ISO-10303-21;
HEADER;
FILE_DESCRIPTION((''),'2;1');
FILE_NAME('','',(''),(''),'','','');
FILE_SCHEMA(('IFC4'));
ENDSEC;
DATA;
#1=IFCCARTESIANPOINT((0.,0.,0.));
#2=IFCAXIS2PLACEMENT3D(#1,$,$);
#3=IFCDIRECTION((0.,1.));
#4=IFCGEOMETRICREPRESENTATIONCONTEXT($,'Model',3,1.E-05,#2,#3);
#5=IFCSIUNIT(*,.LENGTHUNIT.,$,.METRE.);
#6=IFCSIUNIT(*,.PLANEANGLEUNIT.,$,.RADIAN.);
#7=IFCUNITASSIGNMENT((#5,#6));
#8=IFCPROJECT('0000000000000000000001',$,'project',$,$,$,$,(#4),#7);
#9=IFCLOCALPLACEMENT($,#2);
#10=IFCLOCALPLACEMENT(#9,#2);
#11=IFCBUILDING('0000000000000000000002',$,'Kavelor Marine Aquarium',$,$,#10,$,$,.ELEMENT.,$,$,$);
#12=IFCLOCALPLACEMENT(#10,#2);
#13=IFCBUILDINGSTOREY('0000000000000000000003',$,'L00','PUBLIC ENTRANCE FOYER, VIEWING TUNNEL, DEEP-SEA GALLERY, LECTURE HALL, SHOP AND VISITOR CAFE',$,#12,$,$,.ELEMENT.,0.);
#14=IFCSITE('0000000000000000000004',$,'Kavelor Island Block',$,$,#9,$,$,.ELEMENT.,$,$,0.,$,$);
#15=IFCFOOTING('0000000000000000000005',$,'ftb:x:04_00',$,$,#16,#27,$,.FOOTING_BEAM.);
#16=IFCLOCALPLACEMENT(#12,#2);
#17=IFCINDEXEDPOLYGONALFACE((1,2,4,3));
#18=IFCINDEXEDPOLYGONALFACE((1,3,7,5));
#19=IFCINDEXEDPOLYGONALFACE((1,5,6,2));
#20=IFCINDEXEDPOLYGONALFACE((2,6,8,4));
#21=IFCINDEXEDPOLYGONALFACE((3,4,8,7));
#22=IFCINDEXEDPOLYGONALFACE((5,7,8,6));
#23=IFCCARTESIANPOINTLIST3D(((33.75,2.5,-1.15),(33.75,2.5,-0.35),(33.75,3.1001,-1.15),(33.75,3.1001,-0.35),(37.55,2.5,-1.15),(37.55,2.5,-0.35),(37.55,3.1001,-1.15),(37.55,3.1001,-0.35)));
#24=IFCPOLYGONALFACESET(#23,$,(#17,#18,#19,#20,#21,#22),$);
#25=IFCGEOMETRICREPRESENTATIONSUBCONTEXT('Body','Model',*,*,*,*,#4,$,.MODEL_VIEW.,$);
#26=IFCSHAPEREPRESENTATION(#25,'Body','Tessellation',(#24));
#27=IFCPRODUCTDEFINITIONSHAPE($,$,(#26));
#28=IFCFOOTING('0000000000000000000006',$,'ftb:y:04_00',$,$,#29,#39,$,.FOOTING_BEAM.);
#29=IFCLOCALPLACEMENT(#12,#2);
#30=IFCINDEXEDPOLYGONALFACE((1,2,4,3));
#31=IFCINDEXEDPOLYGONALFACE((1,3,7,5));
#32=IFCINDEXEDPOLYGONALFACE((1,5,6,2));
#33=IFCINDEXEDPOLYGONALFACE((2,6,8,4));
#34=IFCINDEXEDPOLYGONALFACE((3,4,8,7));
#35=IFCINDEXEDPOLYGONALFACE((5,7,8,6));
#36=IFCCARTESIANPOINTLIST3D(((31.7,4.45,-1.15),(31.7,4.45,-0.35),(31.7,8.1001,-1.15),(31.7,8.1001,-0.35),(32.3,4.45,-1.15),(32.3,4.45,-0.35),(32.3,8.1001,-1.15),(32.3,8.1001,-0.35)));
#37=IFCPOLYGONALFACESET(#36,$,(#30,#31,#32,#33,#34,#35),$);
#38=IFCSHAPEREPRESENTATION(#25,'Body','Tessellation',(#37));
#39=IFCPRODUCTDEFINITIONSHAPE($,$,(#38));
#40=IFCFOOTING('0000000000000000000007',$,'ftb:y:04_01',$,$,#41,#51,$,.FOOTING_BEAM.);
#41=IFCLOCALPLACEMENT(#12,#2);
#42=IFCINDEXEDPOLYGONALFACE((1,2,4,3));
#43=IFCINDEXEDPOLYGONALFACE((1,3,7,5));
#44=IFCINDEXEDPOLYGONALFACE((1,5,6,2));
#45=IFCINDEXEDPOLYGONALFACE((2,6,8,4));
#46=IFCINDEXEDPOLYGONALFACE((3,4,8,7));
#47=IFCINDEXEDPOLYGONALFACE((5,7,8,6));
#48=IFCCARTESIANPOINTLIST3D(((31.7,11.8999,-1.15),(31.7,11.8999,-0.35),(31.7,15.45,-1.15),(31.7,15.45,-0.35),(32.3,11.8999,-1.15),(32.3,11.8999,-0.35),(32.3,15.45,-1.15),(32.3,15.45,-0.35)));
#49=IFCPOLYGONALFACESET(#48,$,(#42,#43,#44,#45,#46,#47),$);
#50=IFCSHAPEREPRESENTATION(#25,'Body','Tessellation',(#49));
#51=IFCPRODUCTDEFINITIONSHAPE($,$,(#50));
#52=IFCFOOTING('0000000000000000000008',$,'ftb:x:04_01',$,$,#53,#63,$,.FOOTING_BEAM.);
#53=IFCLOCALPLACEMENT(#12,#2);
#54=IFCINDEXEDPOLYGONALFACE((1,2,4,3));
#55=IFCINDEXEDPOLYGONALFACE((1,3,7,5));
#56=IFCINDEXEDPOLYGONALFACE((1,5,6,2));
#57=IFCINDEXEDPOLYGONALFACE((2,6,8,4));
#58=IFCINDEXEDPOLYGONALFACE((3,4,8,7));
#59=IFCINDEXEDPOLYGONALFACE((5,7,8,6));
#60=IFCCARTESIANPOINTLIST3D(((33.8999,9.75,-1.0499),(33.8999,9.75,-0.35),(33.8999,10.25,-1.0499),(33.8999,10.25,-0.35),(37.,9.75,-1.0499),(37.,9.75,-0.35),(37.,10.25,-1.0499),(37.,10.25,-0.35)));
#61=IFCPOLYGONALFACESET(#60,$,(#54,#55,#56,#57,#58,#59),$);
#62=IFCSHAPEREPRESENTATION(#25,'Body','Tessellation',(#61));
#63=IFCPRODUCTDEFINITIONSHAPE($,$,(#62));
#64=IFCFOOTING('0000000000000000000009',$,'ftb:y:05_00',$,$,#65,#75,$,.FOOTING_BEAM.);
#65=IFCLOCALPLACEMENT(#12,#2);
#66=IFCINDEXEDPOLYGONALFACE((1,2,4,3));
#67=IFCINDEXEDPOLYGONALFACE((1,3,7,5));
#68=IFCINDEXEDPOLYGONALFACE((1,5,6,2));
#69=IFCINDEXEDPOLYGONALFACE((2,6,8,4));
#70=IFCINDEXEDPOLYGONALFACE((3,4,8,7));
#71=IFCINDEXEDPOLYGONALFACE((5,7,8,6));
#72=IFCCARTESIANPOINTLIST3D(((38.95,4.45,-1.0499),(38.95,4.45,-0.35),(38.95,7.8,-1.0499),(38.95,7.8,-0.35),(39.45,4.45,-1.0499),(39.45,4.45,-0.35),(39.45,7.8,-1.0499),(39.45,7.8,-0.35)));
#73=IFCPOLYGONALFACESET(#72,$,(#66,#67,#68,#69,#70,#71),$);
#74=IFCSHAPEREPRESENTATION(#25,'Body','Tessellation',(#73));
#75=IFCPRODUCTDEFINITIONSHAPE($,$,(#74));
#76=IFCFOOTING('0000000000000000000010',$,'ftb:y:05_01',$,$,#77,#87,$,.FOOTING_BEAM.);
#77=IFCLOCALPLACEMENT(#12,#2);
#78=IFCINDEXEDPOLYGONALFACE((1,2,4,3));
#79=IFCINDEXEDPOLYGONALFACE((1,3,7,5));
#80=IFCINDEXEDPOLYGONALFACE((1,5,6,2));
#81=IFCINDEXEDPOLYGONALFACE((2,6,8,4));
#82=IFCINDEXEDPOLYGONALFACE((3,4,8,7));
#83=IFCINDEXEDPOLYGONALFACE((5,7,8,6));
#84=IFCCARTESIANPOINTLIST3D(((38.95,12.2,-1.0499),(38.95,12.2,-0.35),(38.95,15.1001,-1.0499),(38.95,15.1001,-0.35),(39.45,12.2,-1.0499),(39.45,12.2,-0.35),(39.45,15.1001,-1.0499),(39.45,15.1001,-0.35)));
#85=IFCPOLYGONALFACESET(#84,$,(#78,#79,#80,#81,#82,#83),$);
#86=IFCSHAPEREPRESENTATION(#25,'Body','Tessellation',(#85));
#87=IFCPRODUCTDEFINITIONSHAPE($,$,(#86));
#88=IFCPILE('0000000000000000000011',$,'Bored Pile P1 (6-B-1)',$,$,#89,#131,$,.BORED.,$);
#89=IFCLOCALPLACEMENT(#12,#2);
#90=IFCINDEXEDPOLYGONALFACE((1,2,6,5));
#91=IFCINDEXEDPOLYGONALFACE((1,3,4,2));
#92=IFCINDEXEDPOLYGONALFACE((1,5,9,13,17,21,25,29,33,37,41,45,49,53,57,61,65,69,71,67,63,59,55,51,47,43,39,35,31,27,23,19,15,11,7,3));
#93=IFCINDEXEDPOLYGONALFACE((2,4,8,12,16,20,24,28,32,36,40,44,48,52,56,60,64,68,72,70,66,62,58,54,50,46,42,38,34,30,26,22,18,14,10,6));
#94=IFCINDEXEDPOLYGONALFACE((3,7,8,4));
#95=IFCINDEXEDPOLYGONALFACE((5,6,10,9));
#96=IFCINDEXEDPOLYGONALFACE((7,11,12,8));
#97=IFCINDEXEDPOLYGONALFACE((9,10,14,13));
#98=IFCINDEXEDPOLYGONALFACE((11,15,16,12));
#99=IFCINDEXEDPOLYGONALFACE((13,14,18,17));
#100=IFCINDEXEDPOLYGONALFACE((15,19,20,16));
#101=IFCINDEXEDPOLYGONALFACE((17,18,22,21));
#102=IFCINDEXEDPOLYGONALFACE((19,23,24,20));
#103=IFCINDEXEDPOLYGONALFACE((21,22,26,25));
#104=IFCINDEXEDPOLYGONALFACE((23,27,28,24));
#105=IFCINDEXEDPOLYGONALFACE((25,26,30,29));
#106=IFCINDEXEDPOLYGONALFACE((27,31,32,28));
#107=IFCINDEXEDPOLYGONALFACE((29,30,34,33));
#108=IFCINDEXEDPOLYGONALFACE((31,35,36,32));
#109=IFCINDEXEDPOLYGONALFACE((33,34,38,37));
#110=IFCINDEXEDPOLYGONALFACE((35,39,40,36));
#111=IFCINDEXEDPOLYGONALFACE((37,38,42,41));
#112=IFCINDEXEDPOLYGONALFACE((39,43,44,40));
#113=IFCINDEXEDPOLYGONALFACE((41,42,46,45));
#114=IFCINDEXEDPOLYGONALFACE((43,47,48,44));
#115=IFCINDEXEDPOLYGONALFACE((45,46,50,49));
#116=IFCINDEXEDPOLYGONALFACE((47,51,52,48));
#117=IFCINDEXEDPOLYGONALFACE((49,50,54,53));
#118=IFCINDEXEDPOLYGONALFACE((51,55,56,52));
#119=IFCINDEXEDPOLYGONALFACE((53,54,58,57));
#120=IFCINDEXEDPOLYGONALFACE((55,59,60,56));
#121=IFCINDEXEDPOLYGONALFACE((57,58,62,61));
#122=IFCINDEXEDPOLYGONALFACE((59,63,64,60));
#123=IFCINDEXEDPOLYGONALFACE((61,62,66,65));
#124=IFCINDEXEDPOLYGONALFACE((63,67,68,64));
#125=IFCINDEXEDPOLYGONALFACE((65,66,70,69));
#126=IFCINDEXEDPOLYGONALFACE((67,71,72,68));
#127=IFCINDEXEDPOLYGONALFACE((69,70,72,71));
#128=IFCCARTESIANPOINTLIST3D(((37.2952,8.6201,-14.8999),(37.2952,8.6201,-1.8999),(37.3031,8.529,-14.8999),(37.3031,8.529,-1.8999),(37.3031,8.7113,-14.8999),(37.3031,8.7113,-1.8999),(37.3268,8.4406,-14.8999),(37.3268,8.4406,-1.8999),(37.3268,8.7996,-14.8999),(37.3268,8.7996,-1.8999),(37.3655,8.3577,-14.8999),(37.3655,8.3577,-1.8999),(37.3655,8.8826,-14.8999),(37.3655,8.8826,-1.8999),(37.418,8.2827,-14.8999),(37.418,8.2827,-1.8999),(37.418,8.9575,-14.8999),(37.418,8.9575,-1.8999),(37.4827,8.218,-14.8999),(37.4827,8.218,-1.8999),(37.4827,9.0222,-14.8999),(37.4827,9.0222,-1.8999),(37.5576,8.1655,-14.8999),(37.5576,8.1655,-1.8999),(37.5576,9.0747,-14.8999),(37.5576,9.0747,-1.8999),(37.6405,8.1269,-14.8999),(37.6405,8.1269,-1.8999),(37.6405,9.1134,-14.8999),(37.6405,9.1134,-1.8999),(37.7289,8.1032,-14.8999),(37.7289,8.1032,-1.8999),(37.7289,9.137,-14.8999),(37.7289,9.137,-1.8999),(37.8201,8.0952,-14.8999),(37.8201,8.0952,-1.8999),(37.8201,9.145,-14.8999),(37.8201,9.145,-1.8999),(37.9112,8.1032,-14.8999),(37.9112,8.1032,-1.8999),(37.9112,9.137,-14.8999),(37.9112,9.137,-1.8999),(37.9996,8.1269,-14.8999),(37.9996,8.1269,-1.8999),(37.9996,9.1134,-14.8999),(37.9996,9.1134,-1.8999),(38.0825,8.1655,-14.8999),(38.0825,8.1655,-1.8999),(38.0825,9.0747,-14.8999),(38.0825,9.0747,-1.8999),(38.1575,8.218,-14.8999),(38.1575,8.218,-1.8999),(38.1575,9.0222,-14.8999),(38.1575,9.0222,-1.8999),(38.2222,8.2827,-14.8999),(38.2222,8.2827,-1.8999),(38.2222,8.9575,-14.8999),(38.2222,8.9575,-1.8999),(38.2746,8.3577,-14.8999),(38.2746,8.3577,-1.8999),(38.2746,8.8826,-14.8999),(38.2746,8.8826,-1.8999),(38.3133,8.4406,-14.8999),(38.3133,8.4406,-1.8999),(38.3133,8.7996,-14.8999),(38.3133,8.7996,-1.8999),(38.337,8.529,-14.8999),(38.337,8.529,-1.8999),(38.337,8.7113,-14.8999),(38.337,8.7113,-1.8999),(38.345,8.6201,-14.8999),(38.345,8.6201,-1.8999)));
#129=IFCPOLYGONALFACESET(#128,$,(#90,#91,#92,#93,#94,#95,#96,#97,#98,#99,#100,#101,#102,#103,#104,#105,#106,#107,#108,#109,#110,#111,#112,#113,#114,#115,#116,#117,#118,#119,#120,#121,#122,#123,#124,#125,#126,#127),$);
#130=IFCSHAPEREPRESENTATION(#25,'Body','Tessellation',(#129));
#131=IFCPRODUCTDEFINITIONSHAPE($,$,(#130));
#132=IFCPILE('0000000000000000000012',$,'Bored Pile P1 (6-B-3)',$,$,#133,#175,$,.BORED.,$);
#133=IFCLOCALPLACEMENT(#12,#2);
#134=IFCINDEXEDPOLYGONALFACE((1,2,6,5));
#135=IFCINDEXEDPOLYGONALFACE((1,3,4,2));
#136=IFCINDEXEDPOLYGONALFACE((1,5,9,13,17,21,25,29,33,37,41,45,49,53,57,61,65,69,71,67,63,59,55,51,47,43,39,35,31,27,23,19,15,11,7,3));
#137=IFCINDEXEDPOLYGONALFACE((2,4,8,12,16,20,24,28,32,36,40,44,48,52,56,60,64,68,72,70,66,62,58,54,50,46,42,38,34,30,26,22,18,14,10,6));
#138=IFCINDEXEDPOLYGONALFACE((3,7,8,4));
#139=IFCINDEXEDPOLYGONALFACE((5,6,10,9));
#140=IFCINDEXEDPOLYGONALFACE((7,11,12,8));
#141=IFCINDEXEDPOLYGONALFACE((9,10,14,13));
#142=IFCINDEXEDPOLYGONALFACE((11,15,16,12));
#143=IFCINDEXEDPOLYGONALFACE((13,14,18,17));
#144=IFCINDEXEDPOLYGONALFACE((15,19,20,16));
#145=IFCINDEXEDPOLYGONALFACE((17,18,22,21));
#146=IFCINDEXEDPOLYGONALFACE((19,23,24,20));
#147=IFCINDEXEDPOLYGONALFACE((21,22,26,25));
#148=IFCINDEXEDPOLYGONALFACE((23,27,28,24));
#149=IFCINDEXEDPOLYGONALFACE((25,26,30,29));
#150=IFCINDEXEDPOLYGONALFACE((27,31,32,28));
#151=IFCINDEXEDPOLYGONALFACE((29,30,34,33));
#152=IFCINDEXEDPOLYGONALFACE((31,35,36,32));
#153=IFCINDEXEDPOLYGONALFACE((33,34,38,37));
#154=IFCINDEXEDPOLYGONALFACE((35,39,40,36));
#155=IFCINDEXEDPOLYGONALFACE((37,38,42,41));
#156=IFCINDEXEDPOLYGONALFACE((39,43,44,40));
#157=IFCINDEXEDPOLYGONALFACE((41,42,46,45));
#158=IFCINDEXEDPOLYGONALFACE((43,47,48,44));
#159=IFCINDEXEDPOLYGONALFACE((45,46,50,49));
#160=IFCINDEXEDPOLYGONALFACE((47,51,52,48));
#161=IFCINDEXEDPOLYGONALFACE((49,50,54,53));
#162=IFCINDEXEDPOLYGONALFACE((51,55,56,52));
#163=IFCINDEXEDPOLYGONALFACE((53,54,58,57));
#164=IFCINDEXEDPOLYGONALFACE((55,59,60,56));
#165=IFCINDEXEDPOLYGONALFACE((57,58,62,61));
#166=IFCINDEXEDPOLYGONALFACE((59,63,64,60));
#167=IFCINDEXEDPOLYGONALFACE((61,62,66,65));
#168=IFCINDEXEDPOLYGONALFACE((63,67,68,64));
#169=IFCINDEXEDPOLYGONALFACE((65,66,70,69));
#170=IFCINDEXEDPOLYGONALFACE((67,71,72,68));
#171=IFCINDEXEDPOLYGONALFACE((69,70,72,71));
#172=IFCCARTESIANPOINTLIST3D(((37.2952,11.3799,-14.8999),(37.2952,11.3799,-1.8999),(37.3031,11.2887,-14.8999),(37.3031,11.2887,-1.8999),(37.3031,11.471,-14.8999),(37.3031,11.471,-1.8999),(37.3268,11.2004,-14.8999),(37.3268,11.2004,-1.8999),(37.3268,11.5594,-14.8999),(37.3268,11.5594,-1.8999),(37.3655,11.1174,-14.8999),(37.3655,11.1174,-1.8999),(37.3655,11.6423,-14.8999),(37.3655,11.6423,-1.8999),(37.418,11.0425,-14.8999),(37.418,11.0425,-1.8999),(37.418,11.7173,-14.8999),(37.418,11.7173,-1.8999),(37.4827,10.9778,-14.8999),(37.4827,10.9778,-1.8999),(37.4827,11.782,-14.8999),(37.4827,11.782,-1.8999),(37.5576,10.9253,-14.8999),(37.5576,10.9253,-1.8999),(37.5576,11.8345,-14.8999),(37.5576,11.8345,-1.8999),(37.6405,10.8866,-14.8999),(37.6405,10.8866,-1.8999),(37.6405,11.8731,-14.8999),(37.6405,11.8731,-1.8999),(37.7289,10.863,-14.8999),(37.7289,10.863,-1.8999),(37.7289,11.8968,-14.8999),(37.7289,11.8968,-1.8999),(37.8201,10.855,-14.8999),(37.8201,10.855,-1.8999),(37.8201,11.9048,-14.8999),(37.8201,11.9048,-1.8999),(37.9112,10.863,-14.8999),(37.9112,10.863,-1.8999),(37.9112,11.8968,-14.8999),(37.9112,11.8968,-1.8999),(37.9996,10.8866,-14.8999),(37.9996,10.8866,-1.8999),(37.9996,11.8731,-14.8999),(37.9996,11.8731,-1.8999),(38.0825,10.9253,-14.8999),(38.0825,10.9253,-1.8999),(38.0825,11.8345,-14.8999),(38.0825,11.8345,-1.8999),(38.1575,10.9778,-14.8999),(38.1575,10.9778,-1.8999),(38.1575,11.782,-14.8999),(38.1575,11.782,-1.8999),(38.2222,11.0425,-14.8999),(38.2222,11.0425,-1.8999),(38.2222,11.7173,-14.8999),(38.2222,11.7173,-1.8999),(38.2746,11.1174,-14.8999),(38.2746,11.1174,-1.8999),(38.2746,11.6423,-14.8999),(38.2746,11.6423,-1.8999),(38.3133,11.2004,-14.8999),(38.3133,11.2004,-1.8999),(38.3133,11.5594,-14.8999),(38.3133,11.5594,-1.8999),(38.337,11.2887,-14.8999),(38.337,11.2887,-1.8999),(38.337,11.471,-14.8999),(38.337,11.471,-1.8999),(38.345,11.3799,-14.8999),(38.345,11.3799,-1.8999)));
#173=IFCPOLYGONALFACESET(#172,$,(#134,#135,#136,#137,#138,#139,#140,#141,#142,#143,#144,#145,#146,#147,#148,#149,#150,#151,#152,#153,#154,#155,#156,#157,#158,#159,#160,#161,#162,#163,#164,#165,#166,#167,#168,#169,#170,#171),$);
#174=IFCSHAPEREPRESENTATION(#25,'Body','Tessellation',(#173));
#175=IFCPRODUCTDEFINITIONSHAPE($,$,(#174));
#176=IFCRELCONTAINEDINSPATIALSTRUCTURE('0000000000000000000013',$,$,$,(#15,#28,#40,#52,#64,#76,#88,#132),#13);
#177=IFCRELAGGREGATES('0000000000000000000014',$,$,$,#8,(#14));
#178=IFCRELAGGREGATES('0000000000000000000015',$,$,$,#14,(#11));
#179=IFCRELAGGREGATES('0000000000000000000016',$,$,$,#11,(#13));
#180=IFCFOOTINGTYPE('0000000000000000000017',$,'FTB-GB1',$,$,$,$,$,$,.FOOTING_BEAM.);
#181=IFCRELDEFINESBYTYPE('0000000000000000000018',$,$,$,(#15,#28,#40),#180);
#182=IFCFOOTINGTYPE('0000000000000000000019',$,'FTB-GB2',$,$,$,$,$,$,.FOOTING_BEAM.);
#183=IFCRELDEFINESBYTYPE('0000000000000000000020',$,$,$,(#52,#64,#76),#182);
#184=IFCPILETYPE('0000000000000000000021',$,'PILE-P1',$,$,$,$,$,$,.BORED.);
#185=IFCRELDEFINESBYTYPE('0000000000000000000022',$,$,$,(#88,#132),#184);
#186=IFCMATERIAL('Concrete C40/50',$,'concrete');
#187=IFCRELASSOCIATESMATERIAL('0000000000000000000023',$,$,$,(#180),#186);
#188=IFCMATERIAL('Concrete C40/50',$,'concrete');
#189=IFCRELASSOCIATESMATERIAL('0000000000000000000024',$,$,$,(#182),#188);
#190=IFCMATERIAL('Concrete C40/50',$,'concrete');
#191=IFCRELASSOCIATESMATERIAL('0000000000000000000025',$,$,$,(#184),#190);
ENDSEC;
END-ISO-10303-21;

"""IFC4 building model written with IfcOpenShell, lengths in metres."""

from ifc_helpers import new_model, si_unit, direction, frame, origin, origin_2d, place, context, subcontext, project, spatial, rectangle, circle, extrude, material, material_profile, profile_set, type_object, element, save


model = new_model("IFC4")

# Units and contexts
model_context = context("Model", 3, precision=1e-05, world=origin(), true_north=direction((0.0, 1.0)))
body_context = subcontext(model_context, "Body", "Model", "MODEL_VIEW")
ifc_project = project(units=[si_unit("LENGTHUNIT", "METRE"), si_unit("PLANEANGLEUNIT", "RADIAN")], contexts=[model_context])

# Site, building, storey
site_placement = place(None, origin())
site = spatial("IfcSite", under=ifc_project, at=site_placement, Name="Kavelor Island Block", CompositionType="ELEMENT", RefElevation=0.0)
building_placement = place(site_placement, origin())
building = spatial("IfcBuilding", under=site, at=building_placement, Name="Kavelor Marine Aquarium", CompositionType="ELEMENT")
storey_placement = place(building_placement, origin())
storey = spatial("IfcBuildingStorey", under=building, at=storey_placement, Name="L00", Description="PUBLIC ENTRANCE FOYER, VIEWING TUNNEL, DEEP-SEA GALLERY, LECTURE HALL, SHOP AND VISITOR CAFE", CompositionType="ELEMENT", Elevation=0.0)

# Footings
ifc_material_1 = material(Name="Concrete C40/50", Category="concrete")
ifc_material_profile_1 = material_profile(ifc_material_1, rectangle(XDim=0.6001, YDim=0.8, at=origin_2d()), Name="GB 600x800")
ifc_profile_set_1 = profile_set([ifc_material_profile_1], Name="Concrete C40/50")
footing_type_1 = type_object("IfcFootingType", Name="FTB-GB1", PredefinedType="FOOTING_BEAM", material=ifc_profile_set_1)
footing_1_placement = place(storey_placement, frame((33.75, 2.8, -0.75), z_axis=(1.0, 0.0, 0.0), x_axis=(0.0, 1.0, 0.0)))
element("IfcFooting", 1, at=footing_1_placement, inside=storey, type_object=footing_type_1, Name="ftb:x:04_00", PredefinedType="FOOTING_BEAM", context=body_context, shape_type="SweptSolid", body=[
    extrude(rectangle(XDim=0.6001, YDim=0.8, at=origin_2d()), origin(), (0.0, 0.0, 1.0), 3.8),
])
footing_2_placement = place(storey_placement, frame((32.0, 4.45, -0.75), z_axis=(0.0, 1.0, 0.0), x_axis=(-1.0, 0.0, 0.0)))
element("IfcFooting", 2, at=footing_2_placement, inside=storey, type_object=footing_type_1, Name="ftb:y:04_00", PredefinedType="FOOTING_BEAM", context=body_context, shape_type="SweptSolid", body=[
    extrude(rectangle(XDim=0.6001, YDim=0.8, at=origin_2d()), origin(), (0.0, 0.0, 1.0), 3.6501),
])
footing_3_placement = place(storey_placement, frame((32.0, 11.8999, -0.75), z_axis=(0.0, 1.0, 0.0), x_axis=(-1.0, 0.0, 0.0)))
element("IfcFooting", 3, at=footing_3_placement, inside=storey, type_object=footing_type_1, Name="ftb:y:04_01", PredefinedType="FOOTING_BEAM", context=body_context, shape_type="SweptSolid", body=[
    extrude(rectangle(XDim=0.6001, YDim=0.8, at=origin_2d()), origin(), (0.0, 0.0, 1.0), 3.55),
])
ifc_material_2 = material(Name="Concrete C40/50", Category="concrete")
ifc_material_profile_2 = material_profile(ifc_material_2, rectangle(XDim=0.5, YDim=0.7, at=origin_2d()), Name="GB 500x700")
ifc_profile_set_2 = profile_set([ifc_material_profile_2], Name="Concrete C40/50")
footing_type_2 = type_object("IfcFootingType", Name="FTB-GB2", PredefinedType="FOOTING_BEAM", material=ifc_profile_set_2)
footing_4_placement = place(storey_placement, frame((33.8999, 10.0, -0.7), z_axis=(1.0, 0.0, 0.0), x_axis=(0.0, 1.0, 0.0)))
element("IfcFooting", 4, at=footing_4_placement, inside=storey, type_object=footing_type_2, Name="ftb:x:04_01", PredefinedType="FOOTING_BEAM", context=body_context, shape_type="SweptSolid", body=[
    extrude(rectangle(XDim=0.5, YDim=0.7, at=origin_2d()), origin(), (0.0, 0.0, 1.0), 3.1001),
])
footing_5_placement = place(storey_placement, frame((39.2, 4.45, -0.7), z_axis=(0.0, 1.0, 0.0), x_axis=(-1.0, 0.0, 0.0)))
element("IfcFooting", 5, at=footing_5_placement, inside=storey, type_object=footing_type_2, Name="ftb:y:05_00", PredefinedType="FOOTING_BEAM", context=body_context, shape_type="SweptSolid", body=[
    extrude(rectangle(XDim=0.5, YDim=0.7, at=origin_2d()), origin(), (0.0, 0.0, 1.0), 3.3501),
])
footing_6_placement = place(storey_placement, frame((39.2, 12.2, -0.7), z_axis=(0.0, 1.0, 0.0), x_axis=(-1.0, 0.0, 0.0)))
element("IfcFooting", 6, at=footing_6_placement, inside=storey, type_object=footing_type_2, Name="ftb:y:05_01", PredefinedType="FOOTING_BEAM", context=body_context, shape_type="SweptSolid", body=[
    extrude(rectangle(XDim=0.5, YDim=0.7, at=origin_2d()), origin(), (0.0, 0.0, 1.0), 2.9001),
])

# Piles
ifc_material_3 = material(Name="Concrete C40/50", Category="concrete")
ifc_material_profile_3 = material_profile(ifc_material_3, circle(Radius=0.5249, at=origin_2d()), Name="PILE D1050")
ifc_profile_set_3 = profile_set([ifc_material_profile_3], Name="Concrete C40/50")
pile_type_1 = type_object("IfcPileType", Name="PILE-P1", PredefinedType="BORED", material=ifc_profile_set_3)
for number, where, z_axis, x_axis, name in (
    (7, (37.8201, 8.6201, -1.8999), (0.0, 0.0, -1.0), (1.0, 0.0, 0.0), "Bored Pile P1 (6-B-1)"),
    (8, (37.8201, 11.3799, -1.8999), (0.0, 0.0, -1.0), (1.0, 0.0, 0.0), "Bored Pile P1 (6-B-3)"),
):
    element("IfcPile", number, at=place(storey_placement, frame(where, z_axis=z_axis, x_axis=x_axis)), inside=storey, type_object=pile_type_1, Name=name, PredefinedType="BORED", context=body_context, shape_type="SweptSolid", body=[
        extrude(circle(Radius=0.5249, at=origin_2d()), origin(), (0.0, 0.0, 1.0), 13.0),
    ])

save(model, "model.ifc")
